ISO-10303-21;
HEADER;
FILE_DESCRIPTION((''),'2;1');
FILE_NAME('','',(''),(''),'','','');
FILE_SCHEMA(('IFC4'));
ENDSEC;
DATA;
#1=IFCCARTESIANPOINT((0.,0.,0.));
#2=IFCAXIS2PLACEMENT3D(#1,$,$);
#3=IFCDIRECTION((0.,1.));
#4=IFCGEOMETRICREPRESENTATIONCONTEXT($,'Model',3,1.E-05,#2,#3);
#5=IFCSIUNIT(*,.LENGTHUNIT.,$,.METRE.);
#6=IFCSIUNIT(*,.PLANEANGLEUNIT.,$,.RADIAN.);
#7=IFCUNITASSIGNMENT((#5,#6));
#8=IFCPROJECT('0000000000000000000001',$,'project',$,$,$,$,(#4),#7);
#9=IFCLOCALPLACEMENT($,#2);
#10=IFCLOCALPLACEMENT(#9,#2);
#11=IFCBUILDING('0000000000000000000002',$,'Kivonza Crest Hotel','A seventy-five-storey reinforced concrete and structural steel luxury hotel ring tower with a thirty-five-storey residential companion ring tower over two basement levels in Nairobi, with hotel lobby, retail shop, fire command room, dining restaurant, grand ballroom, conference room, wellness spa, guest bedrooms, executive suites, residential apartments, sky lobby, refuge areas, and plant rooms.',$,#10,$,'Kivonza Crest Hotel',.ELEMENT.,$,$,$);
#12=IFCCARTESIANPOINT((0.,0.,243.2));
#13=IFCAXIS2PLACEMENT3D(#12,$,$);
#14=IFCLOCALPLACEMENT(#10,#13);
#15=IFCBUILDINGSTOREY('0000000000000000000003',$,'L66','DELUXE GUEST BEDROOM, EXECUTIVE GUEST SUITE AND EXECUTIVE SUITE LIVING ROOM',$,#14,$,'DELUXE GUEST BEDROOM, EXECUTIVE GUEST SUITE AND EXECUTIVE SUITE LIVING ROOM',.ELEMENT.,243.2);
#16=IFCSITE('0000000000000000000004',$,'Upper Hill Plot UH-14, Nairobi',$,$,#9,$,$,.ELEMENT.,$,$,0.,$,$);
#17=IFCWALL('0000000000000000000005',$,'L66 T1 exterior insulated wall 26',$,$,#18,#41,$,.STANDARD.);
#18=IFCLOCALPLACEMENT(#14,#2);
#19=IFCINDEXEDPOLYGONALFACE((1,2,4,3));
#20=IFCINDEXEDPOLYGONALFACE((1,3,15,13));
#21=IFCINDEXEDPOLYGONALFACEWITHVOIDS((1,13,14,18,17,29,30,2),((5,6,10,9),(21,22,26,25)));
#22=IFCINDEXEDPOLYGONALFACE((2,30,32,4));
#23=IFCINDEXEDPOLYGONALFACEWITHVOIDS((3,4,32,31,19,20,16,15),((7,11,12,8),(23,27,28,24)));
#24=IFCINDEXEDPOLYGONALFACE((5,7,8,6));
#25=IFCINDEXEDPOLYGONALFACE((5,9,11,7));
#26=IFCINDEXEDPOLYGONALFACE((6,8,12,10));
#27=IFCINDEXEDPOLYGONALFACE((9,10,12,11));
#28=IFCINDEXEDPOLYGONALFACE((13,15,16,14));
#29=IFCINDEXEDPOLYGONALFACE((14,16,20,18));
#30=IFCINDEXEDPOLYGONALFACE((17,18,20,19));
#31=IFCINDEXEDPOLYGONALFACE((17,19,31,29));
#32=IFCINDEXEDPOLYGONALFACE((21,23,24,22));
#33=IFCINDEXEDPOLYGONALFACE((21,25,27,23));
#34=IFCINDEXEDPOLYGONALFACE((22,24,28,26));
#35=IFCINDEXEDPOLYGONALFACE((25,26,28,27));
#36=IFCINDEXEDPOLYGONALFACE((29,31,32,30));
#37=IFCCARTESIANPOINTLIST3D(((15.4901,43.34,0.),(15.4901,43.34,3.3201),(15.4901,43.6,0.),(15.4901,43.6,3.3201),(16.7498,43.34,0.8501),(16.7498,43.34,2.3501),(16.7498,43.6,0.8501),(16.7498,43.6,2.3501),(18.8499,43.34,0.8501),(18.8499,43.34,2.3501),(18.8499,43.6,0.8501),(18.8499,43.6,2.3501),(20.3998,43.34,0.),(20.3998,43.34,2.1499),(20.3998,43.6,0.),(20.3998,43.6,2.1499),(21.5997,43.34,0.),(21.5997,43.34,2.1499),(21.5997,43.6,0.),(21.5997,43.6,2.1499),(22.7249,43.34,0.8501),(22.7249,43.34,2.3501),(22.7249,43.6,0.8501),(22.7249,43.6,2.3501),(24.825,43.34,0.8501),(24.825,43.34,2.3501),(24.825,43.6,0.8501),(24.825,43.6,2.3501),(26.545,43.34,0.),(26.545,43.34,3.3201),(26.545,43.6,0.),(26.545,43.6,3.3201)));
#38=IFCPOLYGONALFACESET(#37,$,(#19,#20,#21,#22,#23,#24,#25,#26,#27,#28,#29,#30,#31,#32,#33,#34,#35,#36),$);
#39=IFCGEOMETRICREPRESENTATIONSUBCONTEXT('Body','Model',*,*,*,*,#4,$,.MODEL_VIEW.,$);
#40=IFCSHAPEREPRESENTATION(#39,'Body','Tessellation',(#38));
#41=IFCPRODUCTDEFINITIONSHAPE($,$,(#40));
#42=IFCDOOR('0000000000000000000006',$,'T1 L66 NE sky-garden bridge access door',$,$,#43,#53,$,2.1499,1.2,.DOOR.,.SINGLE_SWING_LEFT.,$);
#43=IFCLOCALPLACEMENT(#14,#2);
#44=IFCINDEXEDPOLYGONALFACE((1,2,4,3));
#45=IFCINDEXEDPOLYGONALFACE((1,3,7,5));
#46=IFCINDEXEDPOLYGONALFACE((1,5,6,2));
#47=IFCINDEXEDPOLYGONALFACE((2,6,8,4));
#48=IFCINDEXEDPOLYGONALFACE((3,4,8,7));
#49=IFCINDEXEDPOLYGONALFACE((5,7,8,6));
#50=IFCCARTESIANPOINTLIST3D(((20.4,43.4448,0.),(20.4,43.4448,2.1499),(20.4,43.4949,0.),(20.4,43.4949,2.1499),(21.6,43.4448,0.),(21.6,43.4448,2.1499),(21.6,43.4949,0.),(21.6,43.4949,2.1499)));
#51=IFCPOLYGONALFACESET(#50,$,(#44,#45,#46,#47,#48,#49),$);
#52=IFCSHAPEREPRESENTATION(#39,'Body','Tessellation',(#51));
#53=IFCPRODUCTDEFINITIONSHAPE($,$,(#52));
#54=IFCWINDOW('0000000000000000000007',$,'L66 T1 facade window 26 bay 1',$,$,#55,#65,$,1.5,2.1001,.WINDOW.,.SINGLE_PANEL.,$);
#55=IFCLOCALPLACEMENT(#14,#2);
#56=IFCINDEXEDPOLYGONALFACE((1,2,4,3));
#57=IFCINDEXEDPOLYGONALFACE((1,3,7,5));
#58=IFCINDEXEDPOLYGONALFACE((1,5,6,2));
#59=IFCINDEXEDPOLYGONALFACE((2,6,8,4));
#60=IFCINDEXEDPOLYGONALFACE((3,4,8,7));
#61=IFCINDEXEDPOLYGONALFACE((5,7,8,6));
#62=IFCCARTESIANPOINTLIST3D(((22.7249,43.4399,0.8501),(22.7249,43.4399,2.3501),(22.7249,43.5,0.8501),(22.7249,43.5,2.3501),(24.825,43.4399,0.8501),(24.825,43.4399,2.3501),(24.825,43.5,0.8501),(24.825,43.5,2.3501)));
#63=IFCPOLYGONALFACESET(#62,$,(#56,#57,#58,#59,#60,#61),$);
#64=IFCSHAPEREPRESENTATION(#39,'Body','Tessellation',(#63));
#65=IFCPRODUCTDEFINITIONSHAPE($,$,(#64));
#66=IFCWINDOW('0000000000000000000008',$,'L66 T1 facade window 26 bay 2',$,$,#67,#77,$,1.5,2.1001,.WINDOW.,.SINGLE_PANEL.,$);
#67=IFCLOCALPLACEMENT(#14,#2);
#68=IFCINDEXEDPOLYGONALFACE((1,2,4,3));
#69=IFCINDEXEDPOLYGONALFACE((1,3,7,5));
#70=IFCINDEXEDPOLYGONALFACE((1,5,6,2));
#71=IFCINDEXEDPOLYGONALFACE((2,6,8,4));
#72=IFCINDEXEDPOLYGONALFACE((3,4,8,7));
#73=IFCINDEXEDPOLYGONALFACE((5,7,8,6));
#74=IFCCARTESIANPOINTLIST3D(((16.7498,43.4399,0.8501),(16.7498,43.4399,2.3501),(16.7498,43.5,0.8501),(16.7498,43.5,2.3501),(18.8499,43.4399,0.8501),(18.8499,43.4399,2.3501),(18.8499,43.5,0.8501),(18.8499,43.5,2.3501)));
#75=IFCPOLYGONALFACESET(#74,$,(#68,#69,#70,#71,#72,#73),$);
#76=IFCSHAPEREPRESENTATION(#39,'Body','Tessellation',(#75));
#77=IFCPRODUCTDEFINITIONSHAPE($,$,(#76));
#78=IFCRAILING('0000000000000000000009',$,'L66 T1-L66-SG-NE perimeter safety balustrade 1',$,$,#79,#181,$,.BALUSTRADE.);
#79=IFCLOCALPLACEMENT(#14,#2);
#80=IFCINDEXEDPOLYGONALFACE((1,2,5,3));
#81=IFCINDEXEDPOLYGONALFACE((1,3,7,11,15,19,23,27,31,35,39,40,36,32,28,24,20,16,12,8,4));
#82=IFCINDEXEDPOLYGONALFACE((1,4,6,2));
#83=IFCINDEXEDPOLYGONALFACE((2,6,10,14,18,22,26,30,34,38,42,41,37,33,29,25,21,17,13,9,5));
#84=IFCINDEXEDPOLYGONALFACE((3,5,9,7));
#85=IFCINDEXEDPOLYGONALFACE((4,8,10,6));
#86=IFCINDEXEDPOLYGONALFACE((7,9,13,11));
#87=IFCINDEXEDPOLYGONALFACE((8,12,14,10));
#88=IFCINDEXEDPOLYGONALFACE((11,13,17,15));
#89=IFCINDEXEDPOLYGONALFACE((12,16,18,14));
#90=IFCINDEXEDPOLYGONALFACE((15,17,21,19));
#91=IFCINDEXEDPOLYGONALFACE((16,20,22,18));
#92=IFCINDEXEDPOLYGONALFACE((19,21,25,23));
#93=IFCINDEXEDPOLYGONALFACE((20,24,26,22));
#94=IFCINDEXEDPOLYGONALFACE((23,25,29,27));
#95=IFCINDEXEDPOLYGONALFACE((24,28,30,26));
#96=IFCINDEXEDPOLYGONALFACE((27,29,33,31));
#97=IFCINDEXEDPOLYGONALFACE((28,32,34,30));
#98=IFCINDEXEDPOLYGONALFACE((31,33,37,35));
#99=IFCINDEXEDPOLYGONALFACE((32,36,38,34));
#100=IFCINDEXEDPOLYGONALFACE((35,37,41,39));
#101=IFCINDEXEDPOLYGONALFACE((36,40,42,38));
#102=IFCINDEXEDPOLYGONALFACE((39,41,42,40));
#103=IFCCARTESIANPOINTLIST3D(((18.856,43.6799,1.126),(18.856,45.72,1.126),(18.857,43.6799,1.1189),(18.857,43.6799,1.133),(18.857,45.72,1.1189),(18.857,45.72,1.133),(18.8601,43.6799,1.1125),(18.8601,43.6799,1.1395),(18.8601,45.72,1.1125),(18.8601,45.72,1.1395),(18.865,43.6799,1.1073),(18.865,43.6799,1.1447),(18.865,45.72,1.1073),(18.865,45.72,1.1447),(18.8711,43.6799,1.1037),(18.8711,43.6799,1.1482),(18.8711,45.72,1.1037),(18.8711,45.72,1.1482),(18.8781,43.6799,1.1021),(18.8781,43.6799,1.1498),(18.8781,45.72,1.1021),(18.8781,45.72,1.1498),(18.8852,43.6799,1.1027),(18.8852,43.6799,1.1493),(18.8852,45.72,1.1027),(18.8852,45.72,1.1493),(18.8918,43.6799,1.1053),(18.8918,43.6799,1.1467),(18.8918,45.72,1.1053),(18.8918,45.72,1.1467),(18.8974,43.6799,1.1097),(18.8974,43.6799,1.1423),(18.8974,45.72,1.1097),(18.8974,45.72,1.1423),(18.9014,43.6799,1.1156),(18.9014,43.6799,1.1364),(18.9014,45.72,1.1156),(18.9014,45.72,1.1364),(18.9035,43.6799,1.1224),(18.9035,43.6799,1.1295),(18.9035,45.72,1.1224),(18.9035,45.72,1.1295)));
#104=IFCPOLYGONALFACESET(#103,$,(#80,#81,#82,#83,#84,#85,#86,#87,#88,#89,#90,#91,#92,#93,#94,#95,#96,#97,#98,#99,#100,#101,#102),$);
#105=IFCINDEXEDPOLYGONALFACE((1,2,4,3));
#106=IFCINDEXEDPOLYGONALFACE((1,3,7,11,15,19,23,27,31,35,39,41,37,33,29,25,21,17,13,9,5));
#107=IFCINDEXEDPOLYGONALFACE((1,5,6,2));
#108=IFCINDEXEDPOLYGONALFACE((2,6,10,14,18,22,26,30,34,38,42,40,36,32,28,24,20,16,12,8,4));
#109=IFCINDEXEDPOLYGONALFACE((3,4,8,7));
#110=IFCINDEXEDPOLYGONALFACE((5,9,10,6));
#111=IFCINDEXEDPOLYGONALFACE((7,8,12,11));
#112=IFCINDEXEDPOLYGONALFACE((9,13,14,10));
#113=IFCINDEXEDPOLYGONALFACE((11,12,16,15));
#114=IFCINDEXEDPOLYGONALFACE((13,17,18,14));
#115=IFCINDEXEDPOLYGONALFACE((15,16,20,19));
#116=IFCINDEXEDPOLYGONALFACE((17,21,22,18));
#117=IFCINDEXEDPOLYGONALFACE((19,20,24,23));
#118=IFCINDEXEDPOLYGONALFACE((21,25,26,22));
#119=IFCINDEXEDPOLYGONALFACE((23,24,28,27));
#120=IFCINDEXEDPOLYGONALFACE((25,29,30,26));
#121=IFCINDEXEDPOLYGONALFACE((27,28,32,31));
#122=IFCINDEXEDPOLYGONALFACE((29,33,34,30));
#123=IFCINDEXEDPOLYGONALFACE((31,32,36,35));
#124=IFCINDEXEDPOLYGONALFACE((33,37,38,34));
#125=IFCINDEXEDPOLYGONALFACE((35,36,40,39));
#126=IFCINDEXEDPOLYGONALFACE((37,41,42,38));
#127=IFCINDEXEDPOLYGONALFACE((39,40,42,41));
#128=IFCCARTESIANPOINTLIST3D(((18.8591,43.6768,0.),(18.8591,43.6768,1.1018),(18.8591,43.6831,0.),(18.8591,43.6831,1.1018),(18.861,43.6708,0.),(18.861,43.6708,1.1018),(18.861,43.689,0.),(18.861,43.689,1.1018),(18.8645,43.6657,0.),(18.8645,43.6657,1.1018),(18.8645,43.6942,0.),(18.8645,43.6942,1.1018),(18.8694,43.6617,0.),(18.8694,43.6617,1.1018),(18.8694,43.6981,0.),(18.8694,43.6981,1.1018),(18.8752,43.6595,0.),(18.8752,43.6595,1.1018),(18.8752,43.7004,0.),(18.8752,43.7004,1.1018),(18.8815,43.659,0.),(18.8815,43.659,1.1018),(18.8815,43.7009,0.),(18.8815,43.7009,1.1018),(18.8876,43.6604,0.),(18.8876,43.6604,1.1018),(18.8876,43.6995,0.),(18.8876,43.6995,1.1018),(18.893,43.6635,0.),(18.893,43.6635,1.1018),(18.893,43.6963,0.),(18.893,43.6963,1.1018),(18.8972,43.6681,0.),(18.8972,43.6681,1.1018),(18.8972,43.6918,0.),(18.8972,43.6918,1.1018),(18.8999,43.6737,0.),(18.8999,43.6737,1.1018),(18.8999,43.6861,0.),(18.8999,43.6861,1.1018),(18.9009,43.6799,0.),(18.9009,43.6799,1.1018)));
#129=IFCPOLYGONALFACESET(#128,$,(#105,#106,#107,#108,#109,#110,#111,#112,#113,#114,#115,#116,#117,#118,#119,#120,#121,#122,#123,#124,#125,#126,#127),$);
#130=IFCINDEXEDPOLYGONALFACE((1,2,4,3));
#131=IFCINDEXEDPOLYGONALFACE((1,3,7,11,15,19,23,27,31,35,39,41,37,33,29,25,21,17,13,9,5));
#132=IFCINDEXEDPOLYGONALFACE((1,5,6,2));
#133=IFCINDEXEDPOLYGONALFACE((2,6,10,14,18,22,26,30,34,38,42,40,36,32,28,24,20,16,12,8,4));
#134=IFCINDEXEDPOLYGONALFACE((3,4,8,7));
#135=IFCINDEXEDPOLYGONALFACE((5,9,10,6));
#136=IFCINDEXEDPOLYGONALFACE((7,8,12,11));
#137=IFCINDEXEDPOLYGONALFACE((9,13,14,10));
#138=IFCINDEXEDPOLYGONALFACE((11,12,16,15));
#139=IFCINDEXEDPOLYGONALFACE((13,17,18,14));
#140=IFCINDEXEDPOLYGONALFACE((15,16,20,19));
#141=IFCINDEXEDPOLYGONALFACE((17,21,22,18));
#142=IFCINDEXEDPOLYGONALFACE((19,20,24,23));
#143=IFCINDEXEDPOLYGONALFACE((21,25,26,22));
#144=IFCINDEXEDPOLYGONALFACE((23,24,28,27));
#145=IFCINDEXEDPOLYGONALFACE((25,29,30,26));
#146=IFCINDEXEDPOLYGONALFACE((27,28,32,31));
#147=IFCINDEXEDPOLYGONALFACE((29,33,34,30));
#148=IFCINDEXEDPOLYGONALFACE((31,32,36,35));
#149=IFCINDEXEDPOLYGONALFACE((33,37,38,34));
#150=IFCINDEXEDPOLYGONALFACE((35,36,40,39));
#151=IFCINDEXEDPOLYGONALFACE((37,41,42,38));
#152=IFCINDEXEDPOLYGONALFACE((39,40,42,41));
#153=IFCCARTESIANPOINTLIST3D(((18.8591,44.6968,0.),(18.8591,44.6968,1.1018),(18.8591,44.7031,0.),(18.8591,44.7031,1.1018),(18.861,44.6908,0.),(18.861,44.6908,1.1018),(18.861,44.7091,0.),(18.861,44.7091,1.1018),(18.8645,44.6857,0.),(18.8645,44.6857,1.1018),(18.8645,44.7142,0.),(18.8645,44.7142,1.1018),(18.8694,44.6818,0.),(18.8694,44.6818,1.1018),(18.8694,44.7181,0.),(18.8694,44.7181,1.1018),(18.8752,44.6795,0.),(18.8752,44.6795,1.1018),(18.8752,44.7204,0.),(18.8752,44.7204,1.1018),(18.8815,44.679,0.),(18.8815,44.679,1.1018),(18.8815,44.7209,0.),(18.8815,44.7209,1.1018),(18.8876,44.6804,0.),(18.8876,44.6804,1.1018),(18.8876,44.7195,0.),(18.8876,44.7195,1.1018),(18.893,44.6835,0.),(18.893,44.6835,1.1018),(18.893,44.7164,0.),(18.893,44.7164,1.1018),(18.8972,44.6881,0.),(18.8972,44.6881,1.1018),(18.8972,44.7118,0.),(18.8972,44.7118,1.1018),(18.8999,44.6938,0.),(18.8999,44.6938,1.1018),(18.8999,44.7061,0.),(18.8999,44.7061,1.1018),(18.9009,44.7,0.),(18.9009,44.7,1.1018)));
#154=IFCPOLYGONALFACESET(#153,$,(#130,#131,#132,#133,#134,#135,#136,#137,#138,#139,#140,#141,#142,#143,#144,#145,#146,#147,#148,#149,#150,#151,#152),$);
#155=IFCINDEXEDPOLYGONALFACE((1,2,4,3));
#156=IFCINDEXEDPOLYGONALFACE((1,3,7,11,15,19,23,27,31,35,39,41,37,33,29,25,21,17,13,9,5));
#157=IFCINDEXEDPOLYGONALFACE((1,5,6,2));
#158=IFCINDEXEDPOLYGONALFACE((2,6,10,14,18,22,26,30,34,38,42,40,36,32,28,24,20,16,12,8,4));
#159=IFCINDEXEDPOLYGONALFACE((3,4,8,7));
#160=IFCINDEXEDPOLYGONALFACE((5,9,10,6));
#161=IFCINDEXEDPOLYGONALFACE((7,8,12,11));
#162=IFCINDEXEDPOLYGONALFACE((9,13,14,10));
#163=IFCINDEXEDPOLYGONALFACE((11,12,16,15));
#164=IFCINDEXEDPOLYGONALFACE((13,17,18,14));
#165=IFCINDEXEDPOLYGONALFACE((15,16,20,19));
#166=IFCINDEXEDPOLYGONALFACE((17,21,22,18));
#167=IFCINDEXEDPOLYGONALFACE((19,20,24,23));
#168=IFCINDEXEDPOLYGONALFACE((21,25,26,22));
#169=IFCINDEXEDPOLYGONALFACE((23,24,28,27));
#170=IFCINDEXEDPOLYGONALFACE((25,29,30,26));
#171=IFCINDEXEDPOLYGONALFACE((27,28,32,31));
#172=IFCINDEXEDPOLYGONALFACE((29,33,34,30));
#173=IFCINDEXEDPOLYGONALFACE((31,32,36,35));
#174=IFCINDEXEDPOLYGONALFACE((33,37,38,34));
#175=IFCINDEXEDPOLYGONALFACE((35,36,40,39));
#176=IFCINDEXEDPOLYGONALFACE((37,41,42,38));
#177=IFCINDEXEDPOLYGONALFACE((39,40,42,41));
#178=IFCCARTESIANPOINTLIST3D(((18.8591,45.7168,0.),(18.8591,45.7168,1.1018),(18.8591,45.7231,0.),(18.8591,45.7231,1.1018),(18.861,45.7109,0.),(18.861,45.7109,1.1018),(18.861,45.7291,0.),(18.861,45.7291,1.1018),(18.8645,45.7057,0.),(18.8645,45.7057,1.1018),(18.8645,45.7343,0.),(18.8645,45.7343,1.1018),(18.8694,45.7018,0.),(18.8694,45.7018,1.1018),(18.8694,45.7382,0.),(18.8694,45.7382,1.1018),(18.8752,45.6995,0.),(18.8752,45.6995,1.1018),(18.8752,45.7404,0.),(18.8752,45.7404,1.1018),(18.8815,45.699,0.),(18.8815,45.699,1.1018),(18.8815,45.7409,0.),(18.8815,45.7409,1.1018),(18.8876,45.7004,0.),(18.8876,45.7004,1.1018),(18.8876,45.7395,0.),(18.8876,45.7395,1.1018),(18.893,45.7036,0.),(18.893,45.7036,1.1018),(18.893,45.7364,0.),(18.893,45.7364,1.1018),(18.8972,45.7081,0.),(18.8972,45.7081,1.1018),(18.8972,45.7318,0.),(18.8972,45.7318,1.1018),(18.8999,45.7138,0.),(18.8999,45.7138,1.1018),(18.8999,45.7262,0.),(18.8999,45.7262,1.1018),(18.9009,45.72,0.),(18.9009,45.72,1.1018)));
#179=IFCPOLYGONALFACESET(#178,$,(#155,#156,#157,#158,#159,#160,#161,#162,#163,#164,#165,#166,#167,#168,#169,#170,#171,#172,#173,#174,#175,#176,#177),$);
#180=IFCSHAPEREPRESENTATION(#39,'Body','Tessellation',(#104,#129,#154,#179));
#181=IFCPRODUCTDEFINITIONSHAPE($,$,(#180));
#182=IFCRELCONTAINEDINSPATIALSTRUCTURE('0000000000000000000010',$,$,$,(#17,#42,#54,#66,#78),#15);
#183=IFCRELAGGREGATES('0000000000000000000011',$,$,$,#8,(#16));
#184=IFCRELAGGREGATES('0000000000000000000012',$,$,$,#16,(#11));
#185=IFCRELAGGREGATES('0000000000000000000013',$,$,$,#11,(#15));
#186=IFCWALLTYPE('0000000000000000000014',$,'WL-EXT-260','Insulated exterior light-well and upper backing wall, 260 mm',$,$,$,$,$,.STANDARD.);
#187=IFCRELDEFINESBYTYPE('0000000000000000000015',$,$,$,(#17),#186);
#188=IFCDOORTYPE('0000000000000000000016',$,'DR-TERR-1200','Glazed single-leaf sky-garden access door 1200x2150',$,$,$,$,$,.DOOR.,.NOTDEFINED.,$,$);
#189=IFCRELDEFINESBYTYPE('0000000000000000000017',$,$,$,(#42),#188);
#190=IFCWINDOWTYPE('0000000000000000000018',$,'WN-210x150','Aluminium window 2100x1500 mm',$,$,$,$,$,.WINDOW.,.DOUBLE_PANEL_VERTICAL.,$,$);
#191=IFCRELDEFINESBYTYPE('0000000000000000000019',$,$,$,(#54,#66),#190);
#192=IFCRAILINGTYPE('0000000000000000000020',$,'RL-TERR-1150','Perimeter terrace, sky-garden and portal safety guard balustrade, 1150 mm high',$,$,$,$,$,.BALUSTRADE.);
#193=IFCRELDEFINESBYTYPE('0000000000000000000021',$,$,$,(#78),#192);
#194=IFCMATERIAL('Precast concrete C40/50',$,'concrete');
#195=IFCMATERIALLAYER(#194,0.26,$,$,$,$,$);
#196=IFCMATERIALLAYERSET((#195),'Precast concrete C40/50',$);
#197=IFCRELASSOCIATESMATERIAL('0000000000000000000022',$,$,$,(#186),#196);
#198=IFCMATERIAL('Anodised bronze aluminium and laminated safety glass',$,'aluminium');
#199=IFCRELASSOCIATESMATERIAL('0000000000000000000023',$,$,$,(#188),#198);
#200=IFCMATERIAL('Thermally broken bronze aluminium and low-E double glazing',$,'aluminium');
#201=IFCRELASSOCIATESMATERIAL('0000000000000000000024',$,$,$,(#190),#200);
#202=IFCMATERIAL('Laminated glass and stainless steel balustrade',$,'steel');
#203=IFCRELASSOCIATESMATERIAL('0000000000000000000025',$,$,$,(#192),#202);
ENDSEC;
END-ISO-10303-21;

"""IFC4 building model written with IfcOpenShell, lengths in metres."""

from ifc_helpers import new_model, si_unit, direction, frame, frame_2d, origin, origin_2d, place, context, subcontext, project, spatial, rectangle, circle, extrude, material, layer, layer_set, type_object, element, fill, save


model = new_model("IFC4")

# Units and contexts
model_context = context("Model", 3, precision=1e-05, world=origin(), true_north=direction((0.0, 1.0)))
body_context = subcontext(model_context, "Body", "Model", "MODEL_VIEW")
ifc_project = project(units=[si_unit("LENGTHUNIT", "METRE"), si_unit("PLANEANGLEUNIT", "RADIAN")], contexts=[model_context])

# Site, building, storey
site_placement = place(None, origin())
site = spatial("IfcSite", under=ifc_project, at=site_placement, Name="Upper Hill Plot UH-14, Nairobi", CompositionType="ELEMENT", RefElevation=0.0)
building_placement = place(site_placement, origin())
building = spatial("IfcBuilding", under=site, at=building_placement, Name="Kivonza Crest Hotel", Description="A seventy-five-storey reinforced concrete and structural steel luxury hotel ring tower with a thirty-five-storey residential companion ring tower over two basement levels in Nairobi, with hotel lobby, retail shop, fire command room, dining restaurant, grand ballroom, conference room, wellness spa, guest bedrooms, executive suites, residential apartments, sky lobby, refuge areas, and plant rooms.", LongName="Kivonza Crest Hotel", CompositionType="ELEMENT")
storey_placement = place(building_placement, frame((0.0, 0.0, 243.2)))
storey = spatial("IfcBuildingStorey", under=building, at=storey_placement, Name="L66", Description="DELUXE GUEST BEDROOM, EXECUTIVE GUEST SUITE AND EXECUTIVE SUITE LIVING ROOM", LongName="DELUXE GUEST BEDROOM, EXECUTIVE GUEST SUITE AND EXECUTIVE SUITE LIVING ROOM", CompositionType="ELEMENT", Elevation=243.2)

# Wall, openings, door, windows
ifc_material_1 = material(Name="Precast concrete C40/50", Category="concrete")
ifc_layer_1 = layer(ifc_material_1, 0.26)
ifc_layer_set_1 = layer_set([ifc_layer_1], Name="Precast concrete C40/50")
wall_type_1 = type_object("IfcWallType", Name="WL-EXT-260", Description="Insulated exterior light-well and upper backing wall, 260 mm", PredefinedType="STANDARD", material=ifc_layer_set_1)
wall_1_placement = place(storey_placement, frame((26.5449, 43.47, 0.0), z_axis=(0.0, 0.0, 1.0), x_axis=(-1.0, 0.0, 0.0)))
wall_1 = element("IfcWall", 1, at=wall_1_placement, inside=storey, type_object=wall_type_1, Name="L66 T1 exterior insulated wall 26", PredefinedType="STANDARD", context=body_context, shape_type="SweptSolid", body=[
    extrude(rectangle(XDim=11.0549, YDim=0.26, at=frame_2d((5.5273, 0.0))), origin(), (0.0, 0.0, 1.0), 3.3201),
])
opening_1_placement = place(wall_1_placement, frame((4.9451, 0.0, 0.0)))
opening_1 = element("IfcOpeningElement", 2, at=opening_1_placement, cuts=wall_1, PredefinedType="OPENING", context=body_context, shape_type="SweptSolid", body=[
    extrude(rectangle(XDim=1.2, YDim=2.1499, at=frame_2d((0.6001, 1.075))), frame((0.0, 0.1401, 0.0), z_axis=(0.0, -1.0, 0.0), x_axis=(1.0, 0.0, 0.0)), (0.0, 0.0, 1.0), 0.28),
])
opening_2_placement = place(wall_1_placement, frame((1.72, 0.0, 0.8501)))
opening_2 = element("IfcOpeningElement", 3, at=opening_2_placement, cuts=wall_1, PredefinedType="OPENING", context=body_context, shape_type="SweptSolid", body=[
    extrude(rectangle(XDim=2.1001, YDim=1.5, at=frame_2d((1.05, 0.75))), frame((0.0, 0.1401, 0.0), z_axis=(0.0, -1.0, 0.0), x_axis=(1.0, 0.0, 0.0)), (0.0, 0.0, 1.0), 0.28),
])
opening_3_placement = place(wall_1_placement, frame((7.6951, 0.0, 0.8501)))
opening_3 = element("IfcOpeningElement", 4, at=opening_3_placement, cuts=wall_1, PredefinedType="OPENING", context=body_context, shape_type="SweptSolid", body=[
    extrude(rectangle(XDim=2.1001, YDim=1.5, at=frame_2d((1.05, 0.75))), frame((0.0, 0.1401, 0.0), z_axis=(0.0, -1.0, 0.0), x_axis=(1.0, 0.0, 0.0)), (0.0, 0.0, 1.0), 0.28),
])
ifc_material_2 = material(Name="Anodised bronze aluminium and laminated safety glass", Category="aluminium")
door_type_1 = type_object("IfcDoorType", Name="DR-TERR-1200", Description="Glazed single-leaf sky-garden access door 1200x2150", OperationType="NOTDEFINED", PredefinedType="DOOR", material=ifc_material_2)
door_1_placement = place(opening_1_placement, frame((1.2, 0.0, 0.0), z_axis=(0.0, 0.0, 1.0), x_axis=(-1.0, 0.0, 0.0)))
door_1 = element("IfcDoor", 5, at=door_1_placement, inside=storey, type_object=door_type_1, Name="T1 L66 NE sky-garden bridge access door", OperationType="SINGLE_SWING_LEFT", OverallHeight=2.1499, OverallWidth=1.2, PredefinedType="DOOR", context=body_context, shape_type="SweptSolid", body=[
    extrude(rectangle(XDim=1.2, YDim=2.1499, at=frame_2d((0.6001, 1.075))), frame((0.0, 0.0249, 0.0), z_axis=(0.0, -1.0, 0.0), x_axis=(1.0, 0.0, 0.0)), (0.0, 0.0, 1.0), 0.05),
])
fill(opening_1, door_1)
ifc_material_3 = material(Name="Thermally broken bronze aluminium and low-E double glazing", Category="aluminium")
window_type = type_object("IfcWindowType", Name="WN-210x150", Description="Aluminium window 2100x1500 mm", PartitioningType="DOUBLE_PANEL_VERTICAL", PredefinedType="WINDOW", material=ifc_material_3)
window_1_placement = place(opening_2_placement, origin())
window_1 = element("IfcWindow", 6, at=window_1_placement, inside=storey, type_object=window_type, Name="L66 T1 facade window 26 bay 1", OverallHeight=1.5, OverallWidth=2.1001, PartitioningType="SINGLE_PANEL", PredefinedType="WINDOW", context=body_context, shape_type="SweptSolid", body=[
    extrude(rectangle(XDim=2.1001, YDim=1.5, at=frame_2d((1.05, 0.75))), frame((0.0, 0.03, 0.0), z_axis=(0.0, -1.0, 0.0), x_axis=(1.0, 0.0, 0.0)), (0.0, 0.0, 1.0), 0.0601),
])
fill(opening_2, window_1)
window_2_placement = place(opening_3_placement, origin())
window_2 = element("IfcWindow", 7, at=window_2_placement, inside=storey, type_object=window_type, Name="L66 T1 facade window 26 bay 2", OverallHeight=1.5, OverallWidth=2.1001, PartitioningType="SINGLE_PANEL", PredefinedType="WINDOW", context=body_context, shape_type="SweptSolid", body=[
    extrude(rectangle(XDim=2.1001, YDim=1.5, at=frame_2d((1.05, 0.75))), frame((0.0, 0.03, 0.0), z_axis=(0.0, -1.0, 0.0), x_axis=(1.0, 0.0, 0.0)), (0.0, 0.0, 1.0), 0.0601),
])
fill(opening_3, window_2)

# Railing
ifc_material_4 = material(Name="Laminated glass and stainless steel balustrade", Category="steel")
railing_type = type_object("IfcRailingType", Name="RL-TERR-1150", Description="Perimeter terrace, sky-garden and portal safety guard balustrade, 1150 mm high", PredefinedType="BALUSTRADE", material=ifc_material_4)
railing_1_placement = place(storey_placement, frame((18.8799, 43.6799, 0.0)))
element("IfcRailing", 8, at=railing_1_placement, inside=storey, type_object=railing_type, Name="L66 T1-L66-SG-NE perimeter safety balustrade 1", PredefinedType="BALUSTRADE", context=body_context, shape_type="SweptSolid", body=[
    extrude(circle(Radius=0.0239, at=origin_2d()), frame((0.0, 0.0, 1.126), z_axis=(0.0, 1.0, 0.0), x_axis=(-1.0, 0.0, 0.0)), (0.0, 0.0, 1.0), 2.04),
    extrude(circle(Radius=0.021, at=origin_2d()), origin(), (0.0, 0.0, 1.0), 1.1018),
    extrude(circle(Radius=0.021, at=origin_2d()), frame((0.0, 1.02, 0.0)), (0.0, 0.0, 1.0), 1.1018),
    extrude(circle(Radius=0.021, at=origin_2d()), frame((0.0, 2.04, 0.0)), (0.0, 0.0, 1.0), 1.1018),
])

save(model, "model.ifc")
